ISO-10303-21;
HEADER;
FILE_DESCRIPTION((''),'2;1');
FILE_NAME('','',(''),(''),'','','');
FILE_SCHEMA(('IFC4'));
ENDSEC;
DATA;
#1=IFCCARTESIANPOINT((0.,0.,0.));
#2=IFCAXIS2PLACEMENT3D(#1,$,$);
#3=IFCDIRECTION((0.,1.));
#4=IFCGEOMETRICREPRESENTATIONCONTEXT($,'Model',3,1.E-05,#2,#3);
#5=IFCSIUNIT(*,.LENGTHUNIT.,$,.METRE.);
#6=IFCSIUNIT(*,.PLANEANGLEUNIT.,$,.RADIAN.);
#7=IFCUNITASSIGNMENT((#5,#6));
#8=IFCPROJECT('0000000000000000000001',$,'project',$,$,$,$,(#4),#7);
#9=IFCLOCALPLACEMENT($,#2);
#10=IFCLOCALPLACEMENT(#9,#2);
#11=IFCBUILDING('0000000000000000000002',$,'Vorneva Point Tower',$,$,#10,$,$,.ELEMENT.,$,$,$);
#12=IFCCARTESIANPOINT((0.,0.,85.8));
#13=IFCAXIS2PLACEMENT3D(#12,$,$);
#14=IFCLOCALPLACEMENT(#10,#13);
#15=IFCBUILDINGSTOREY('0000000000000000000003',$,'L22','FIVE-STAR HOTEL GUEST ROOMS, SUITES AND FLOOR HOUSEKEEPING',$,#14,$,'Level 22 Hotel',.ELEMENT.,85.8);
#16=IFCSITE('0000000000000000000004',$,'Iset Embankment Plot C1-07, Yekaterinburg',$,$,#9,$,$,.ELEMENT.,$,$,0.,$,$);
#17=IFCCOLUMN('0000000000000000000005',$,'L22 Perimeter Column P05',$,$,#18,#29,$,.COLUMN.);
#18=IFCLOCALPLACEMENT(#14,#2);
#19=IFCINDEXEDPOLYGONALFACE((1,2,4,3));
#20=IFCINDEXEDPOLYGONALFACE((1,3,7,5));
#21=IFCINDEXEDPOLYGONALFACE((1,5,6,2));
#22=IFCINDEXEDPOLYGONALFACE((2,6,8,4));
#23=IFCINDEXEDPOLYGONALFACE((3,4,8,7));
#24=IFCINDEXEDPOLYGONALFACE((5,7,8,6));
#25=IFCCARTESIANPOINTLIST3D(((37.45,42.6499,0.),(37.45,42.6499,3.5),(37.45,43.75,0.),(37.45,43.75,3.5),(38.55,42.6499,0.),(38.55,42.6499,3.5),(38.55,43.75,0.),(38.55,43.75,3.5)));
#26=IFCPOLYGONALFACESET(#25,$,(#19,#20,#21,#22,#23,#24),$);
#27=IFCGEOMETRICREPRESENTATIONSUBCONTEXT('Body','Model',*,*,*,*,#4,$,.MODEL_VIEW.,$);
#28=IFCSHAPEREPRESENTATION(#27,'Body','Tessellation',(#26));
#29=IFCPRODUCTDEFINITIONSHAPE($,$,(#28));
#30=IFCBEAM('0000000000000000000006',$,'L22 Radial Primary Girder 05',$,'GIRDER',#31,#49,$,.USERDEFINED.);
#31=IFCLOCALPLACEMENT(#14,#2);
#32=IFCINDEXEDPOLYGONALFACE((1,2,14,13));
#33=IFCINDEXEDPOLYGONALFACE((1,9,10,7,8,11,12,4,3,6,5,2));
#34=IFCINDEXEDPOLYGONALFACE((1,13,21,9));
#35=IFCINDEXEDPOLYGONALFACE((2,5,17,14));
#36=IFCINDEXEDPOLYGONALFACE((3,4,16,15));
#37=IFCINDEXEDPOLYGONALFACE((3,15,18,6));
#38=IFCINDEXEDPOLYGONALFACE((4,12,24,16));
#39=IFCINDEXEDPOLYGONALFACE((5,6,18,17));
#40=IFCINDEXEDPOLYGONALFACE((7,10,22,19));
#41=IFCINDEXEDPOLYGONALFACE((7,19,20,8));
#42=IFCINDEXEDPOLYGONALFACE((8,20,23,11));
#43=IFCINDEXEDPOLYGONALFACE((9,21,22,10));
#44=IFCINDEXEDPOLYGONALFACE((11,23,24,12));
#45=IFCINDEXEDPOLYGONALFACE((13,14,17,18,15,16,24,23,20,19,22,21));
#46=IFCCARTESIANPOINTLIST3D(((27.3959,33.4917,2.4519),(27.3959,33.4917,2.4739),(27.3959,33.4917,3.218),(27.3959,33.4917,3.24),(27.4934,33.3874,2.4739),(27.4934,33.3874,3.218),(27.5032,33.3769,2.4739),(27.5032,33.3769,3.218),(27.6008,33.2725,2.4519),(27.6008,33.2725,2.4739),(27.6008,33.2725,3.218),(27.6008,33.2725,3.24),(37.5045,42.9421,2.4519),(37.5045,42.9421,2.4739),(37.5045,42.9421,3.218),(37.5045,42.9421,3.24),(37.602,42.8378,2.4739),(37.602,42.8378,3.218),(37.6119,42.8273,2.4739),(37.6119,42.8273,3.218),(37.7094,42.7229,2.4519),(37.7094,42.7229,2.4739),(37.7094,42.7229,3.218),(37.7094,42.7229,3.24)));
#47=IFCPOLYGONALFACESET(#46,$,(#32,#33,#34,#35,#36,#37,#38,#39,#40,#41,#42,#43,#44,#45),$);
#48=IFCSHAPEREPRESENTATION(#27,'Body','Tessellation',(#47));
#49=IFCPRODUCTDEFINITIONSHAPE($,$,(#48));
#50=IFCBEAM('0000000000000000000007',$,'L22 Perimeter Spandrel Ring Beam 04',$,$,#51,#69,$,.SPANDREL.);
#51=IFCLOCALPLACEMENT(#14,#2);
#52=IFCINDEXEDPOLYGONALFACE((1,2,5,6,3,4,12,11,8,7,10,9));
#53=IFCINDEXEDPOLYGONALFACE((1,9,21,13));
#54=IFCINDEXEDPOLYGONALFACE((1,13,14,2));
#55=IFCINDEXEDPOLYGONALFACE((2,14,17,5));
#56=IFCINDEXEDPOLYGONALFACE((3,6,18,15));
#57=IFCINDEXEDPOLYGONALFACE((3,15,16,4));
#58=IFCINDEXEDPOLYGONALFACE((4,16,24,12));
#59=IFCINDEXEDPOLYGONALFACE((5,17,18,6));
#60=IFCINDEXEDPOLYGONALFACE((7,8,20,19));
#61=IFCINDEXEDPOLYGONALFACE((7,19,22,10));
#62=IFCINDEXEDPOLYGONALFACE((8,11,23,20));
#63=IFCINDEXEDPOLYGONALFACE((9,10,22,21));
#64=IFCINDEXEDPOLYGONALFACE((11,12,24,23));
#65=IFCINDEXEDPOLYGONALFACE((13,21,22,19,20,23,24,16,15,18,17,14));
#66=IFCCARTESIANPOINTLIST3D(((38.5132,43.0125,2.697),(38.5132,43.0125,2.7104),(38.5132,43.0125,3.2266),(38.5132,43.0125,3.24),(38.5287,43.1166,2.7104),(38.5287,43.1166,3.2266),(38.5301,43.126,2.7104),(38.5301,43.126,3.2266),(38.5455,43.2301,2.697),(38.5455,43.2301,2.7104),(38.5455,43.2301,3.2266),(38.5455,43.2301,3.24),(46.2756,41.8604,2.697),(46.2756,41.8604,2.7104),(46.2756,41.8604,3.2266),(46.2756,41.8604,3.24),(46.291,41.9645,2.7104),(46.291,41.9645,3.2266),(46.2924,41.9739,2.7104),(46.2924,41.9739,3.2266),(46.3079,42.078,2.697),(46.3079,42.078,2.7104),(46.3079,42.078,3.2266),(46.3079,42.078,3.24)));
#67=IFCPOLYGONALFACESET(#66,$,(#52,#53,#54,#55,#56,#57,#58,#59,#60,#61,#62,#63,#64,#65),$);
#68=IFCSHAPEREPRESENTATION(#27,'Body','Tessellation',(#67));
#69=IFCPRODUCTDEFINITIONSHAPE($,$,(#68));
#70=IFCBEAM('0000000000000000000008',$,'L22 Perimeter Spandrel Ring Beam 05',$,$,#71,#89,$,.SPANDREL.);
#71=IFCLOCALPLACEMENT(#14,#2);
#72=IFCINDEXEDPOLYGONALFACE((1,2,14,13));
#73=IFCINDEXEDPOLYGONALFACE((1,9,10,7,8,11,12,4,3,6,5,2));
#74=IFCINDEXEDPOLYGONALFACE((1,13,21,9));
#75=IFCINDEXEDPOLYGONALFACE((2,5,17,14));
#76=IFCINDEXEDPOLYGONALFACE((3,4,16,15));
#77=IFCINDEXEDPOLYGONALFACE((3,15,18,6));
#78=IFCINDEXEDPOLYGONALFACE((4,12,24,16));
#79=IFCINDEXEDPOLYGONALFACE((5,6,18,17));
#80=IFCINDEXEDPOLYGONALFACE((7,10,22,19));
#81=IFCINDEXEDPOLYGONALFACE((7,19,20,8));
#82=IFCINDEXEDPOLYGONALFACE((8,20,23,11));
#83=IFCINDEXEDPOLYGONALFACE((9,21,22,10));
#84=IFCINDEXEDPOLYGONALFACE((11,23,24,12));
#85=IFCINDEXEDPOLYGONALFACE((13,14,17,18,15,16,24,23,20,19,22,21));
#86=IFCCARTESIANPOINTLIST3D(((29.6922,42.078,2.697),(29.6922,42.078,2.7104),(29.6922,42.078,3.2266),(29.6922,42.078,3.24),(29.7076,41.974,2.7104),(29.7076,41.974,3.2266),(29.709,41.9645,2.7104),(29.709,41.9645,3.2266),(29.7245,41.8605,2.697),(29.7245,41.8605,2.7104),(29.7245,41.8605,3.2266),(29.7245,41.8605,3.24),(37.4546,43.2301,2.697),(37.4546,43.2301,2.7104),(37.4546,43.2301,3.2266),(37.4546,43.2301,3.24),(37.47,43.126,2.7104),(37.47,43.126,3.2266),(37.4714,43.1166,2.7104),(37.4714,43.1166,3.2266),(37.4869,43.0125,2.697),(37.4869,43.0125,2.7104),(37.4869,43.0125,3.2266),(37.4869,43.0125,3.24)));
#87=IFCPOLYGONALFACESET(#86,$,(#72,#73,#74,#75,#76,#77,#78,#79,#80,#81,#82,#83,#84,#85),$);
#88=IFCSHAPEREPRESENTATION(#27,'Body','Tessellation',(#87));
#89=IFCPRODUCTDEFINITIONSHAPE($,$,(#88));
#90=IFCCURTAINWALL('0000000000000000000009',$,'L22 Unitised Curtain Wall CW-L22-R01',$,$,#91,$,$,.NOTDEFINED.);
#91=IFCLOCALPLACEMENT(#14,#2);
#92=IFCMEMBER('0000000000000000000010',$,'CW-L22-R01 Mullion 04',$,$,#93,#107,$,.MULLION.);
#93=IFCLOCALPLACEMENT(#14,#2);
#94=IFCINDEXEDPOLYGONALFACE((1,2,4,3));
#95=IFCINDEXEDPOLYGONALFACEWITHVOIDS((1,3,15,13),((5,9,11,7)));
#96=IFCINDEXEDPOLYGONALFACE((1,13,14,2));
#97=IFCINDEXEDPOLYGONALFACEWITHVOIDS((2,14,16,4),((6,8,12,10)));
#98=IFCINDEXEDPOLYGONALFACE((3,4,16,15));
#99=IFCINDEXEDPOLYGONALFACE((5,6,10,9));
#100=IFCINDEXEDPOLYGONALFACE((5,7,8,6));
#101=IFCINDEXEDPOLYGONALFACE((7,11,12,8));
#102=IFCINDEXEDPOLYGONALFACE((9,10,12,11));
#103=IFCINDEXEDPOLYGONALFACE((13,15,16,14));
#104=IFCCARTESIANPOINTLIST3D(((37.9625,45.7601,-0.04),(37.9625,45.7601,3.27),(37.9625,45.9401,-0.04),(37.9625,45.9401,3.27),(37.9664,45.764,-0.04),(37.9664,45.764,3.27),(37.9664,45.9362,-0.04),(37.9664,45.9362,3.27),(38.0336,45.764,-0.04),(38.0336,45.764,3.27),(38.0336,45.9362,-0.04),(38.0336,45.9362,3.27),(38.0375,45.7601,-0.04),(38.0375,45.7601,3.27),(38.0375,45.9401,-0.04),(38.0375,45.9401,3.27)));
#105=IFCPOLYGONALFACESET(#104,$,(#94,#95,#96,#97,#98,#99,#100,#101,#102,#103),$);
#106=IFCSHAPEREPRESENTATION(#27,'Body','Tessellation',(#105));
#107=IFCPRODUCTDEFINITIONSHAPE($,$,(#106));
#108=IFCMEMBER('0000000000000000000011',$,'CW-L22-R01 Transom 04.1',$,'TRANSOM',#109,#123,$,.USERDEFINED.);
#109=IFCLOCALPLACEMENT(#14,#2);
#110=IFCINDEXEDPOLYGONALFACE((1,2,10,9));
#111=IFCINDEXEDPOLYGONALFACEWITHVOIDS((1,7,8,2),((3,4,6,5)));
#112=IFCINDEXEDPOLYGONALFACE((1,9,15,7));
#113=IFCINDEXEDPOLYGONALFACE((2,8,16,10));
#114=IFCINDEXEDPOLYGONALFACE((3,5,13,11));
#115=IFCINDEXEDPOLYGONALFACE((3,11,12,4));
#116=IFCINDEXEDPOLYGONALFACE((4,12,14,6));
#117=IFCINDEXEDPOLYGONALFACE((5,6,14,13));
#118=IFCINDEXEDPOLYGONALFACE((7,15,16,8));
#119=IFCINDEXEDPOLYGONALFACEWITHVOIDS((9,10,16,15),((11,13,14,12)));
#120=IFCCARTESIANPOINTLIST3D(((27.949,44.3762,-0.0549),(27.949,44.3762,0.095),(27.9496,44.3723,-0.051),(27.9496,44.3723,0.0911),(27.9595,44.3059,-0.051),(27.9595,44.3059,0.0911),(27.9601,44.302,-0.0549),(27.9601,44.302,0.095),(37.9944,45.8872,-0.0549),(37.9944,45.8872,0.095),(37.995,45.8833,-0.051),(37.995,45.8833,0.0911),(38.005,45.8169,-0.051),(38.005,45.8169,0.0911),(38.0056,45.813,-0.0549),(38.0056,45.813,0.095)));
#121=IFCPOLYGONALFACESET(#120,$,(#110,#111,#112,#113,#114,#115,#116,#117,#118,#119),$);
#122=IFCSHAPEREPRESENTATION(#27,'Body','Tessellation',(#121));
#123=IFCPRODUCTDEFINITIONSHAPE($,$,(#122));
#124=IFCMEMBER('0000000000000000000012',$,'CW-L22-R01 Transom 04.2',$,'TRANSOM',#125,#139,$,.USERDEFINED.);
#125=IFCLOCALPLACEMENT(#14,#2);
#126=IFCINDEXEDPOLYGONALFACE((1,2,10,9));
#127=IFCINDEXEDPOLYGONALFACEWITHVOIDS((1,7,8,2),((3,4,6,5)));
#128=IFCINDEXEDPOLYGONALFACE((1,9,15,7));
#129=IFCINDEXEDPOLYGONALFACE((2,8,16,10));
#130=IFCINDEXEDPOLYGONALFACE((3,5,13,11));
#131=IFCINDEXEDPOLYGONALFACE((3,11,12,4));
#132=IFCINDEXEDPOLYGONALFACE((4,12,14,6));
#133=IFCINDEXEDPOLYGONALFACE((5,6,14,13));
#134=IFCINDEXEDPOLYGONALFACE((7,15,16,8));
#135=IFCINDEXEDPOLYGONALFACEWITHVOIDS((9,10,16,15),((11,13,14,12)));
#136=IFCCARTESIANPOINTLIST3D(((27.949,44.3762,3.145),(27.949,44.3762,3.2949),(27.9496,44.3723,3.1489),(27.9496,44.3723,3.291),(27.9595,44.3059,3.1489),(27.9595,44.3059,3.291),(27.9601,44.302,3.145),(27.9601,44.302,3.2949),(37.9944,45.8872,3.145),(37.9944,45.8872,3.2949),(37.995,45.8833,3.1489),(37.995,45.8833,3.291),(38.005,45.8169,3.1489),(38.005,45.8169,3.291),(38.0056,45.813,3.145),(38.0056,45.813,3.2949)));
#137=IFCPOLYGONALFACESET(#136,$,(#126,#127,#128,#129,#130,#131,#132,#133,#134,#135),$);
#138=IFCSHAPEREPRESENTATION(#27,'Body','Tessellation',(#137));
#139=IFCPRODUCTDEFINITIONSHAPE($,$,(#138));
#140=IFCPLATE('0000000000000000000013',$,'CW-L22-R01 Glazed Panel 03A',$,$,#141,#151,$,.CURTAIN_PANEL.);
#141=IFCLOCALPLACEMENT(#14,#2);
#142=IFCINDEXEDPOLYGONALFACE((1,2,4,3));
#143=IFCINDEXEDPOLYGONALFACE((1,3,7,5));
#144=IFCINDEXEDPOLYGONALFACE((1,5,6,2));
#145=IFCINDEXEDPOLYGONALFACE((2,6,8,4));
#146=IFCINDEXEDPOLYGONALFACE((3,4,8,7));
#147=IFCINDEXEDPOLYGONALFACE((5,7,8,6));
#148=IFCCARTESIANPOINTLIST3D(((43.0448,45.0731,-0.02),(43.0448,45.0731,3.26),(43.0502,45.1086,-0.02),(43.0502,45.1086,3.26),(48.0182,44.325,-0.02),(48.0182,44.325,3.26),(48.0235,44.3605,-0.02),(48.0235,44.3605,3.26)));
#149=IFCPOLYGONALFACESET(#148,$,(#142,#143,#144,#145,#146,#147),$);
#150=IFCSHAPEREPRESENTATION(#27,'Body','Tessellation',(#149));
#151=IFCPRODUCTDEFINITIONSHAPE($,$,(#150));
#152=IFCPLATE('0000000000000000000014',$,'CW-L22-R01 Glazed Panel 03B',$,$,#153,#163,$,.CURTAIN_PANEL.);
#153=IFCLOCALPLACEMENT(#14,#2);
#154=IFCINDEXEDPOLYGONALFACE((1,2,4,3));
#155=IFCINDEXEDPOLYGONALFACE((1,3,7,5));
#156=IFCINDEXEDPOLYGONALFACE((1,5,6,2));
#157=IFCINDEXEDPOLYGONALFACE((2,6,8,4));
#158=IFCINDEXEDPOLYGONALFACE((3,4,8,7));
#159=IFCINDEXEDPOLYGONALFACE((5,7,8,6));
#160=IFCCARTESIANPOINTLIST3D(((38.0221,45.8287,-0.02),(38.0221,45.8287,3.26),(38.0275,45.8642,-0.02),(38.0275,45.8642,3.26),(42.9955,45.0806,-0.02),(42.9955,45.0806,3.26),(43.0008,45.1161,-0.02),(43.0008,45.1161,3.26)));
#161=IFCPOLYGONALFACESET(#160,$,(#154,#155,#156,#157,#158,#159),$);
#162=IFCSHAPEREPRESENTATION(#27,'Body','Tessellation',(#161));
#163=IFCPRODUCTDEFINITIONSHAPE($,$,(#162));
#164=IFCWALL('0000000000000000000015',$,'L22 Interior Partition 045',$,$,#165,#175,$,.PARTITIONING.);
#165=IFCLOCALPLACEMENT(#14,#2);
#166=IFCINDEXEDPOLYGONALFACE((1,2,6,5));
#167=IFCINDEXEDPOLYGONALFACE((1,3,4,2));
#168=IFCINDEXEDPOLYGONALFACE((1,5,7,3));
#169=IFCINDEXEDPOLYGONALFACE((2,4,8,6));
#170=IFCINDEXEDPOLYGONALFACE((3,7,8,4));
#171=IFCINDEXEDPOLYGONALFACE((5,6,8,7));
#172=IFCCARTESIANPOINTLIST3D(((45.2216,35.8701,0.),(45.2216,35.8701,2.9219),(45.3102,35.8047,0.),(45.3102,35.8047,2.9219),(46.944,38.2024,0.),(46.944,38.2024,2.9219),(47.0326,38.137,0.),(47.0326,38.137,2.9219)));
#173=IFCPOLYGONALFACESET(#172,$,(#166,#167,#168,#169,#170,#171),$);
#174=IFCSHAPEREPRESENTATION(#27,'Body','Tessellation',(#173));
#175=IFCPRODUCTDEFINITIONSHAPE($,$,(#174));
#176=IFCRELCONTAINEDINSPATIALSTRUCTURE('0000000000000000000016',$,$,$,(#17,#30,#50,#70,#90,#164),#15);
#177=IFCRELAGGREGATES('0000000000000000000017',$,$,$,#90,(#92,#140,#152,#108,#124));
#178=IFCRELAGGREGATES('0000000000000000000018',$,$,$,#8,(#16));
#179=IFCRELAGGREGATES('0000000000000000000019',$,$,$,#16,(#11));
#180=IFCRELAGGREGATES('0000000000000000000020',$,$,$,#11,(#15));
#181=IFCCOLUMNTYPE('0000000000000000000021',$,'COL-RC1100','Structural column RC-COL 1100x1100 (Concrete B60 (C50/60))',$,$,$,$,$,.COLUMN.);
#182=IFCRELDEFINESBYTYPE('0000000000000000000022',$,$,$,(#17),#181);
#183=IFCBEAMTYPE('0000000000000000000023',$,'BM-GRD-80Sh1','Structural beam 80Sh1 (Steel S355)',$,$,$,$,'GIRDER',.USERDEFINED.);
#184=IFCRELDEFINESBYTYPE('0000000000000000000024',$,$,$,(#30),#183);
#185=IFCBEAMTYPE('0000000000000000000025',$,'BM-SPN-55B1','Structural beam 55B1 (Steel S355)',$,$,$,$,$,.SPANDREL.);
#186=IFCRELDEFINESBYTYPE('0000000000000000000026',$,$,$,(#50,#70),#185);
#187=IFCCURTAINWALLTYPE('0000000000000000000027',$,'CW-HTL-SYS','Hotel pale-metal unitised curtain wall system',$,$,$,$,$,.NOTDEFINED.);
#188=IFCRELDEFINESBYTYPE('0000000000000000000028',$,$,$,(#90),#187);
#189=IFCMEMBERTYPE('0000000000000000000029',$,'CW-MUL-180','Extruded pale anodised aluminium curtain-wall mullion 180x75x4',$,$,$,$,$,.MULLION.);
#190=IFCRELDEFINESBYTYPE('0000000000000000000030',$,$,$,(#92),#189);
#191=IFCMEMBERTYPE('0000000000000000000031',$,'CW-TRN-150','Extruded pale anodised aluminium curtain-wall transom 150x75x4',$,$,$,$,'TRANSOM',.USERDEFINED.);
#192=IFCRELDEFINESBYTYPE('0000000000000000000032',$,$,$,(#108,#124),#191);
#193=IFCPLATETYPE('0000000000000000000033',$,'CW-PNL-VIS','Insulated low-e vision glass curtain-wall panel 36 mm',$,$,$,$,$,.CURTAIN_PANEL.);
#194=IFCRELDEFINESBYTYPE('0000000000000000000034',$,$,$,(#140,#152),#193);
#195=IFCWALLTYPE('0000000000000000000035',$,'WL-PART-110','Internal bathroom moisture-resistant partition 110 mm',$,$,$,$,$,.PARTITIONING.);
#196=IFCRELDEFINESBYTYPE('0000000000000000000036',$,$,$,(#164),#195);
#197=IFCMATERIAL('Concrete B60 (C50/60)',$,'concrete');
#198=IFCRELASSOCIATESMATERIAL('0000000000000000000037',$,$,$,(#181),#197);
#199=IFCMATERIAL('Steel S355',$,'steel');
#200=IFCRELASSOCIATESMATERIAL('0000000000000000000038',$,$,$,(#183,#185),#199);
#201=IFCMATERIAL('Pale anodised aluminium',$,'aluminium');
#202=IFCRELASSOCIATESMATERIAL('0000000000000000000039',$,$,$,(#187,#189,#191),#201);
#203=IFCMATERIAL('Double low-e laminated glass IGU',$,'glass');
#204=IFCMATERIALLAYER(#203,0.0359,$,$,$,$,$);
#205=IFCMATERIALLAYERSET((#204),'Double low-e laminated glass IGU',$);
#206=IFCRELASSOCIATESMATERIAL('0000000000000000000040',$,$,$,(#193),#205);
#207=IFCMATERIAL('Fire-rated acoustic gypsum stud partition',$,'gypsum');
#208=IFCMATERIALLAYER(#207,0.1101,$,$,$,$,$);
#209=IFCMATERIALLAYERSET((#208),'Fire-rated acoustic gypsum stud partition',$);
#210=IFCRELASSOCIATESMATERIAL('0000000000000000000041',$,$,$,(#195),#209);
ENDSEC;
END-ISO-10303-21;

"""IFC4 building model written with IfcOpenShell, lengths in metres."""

from ifc_helpers import new_model, si_unit, direction, frame, frame_2d, origin, origin_2d, place, context, subcontext, project, spatial, rectangle, hollow_rectangle, i_section, extrude, material, layer, layer_set, material_profile, profile_set, type_object, element, aggregate, save


model = new_model("IFC4")

# Units and contexts
model_context = context("Model", 3, precision=1e-05, world=origin(), true_north=direction((0.0, 1.0)))
body_context = subcontext(model_context, "Body", "Model", "MODEL_VIEW")
ifc_project = project(units=[si_unit("LENGTHUNIT", "METRE"), si_unit("PLANEANGLEUNIT", "RADIAN")], contexts=[model_context])

# Site, building, storey
site_placement = place(None, origin())
site = spatial("IfcSite", under=ifc_project, at=site_placement, Name="Iset Embankment Plot C1-07, Yekaterinburg", CompositionType="ELEMENT", RefElevation=0.0)
building_placement = place(site_placement, origin())
building = spatial("IfcBuilding", under=site, at=building_placement, Name="Vorneva Point Tower", CompositionType="ELEMENT")
storey_placement = place(building_placement, frame((0.0, 0.0, 85.8)))
storey = spatial("IfcBuildingStorey", under=building, at=storey_placement, Name="L22", Description="FIVE-STAR HOTEL GUEST ROOMS, SUITES AND FLOOR HOUSEKEEPING", LongName="Level 22 Hotel", CompositionType="ELEMENT", Elevation=85.8)

# Column
ifc_material_1 = material(Name="Concrete B60 (C50/60)", Category="concrete")
ifc_material_profile_1 = material_profile(ifc_material_1, rectangle(XDim=1.1001, YDim=1.1001, at=origin_2d()), Name="RC-COL 1100x1100")
ifc_profile_set_1 = profile_set([ifc_material_profile_1], Name="Concrete B60 (C50/60)")
column_type = type_object("IfcColumnType", Name="COL-RC1100", Description="Structural column RC-COL 1100x1100 (Concrete B60 (C50/60))", PredefinedType="COLUMN", material=ifc_profile_set_1)
column_placement = place(storey_placement, frame((38.0, 43.2, 0.0), z_axis=(0.0, 0.0, 1.0), x_axis=(0.0, 1.0, 0.0)))
element("IfcColumn", 1, at=column_placement, inside=storey, type_object=column_type, Name="L22 Perimeter Column P05", PredefinedType="COLUMN", context=body_context, shape_type="SweptSolid", body=[
    extrude(rectangle(XDim=1.1001, YDim=1.1001, at=origin_2d()), origin(), (0.0, 0.0, 1.0), 3.5),
])

# Beams
ifc_material_2 = material(Name="Steel S355", Category="steel")
ifc_material_profile_2 = material_profile(ifc_material_2, i_section(OverallWidth=0.3, OverallDepth=0.7881, WebThickness=0.0144, FlangeThickness=0.022, at=origin_2d()), Name="80Sh1")
ifc_profile_set_2 = profile_set([ifc_material_profile_2], Name="Steel S355")
beam_type_1 = type_object("IfcBeamType", Name="BM-GRD-80Sh1", Description="Structural beam 80Sh1 (Steel S355)", ElementType="GIRDER", PredefinedType="USERDEFINED", material=ifc_profile_set_2)
beam_placement = place(storey_placement, frame((37.6069, 42.8325, 2.8459), z_axis=(-0.730489, -0.682925, 0.0), x_axis=(0.682925, -0.730489, 0.0)))
element("IfcBeam", 2, at=beam_placement, inside=storey, type_object=beam_type_1, Name="L22 Radial Primary Girder 05", ObjectType="GIRDER", PredefinedType="USERDEFINED", context=body_context, shape_type="SweptSolid", body=[
    extrude(i_section(OverallWidth=0.3, OverallDepth=0.7881, WebThickness=0.0144, FlangeThickness=0.022, at=origin_2d()), origin(), (0.0, 0.0, 1.0), 13.8381),
])
ifc_material_profile_3 = material_profile(ifc_material_2, i_section(OverallWidth=0.22, OverallDepth=0.543, WebThickness=0.0095, FlangeThickness=0.0134, at=origin_2d()), Name="55B1")
ifc_profile_set_3 = profile_set([ifc_material_profile_3], Name="Steel S355")
beam_type_2 = type_object("IfcBeamType", Name="BM-SPN-55B1", Description="Structural beam 55B1 (Steel S355)", PredefinedType="SPANDREL", material=ifc_profile_set_3)
for number, where, z_axis, x_axis, name in (
    (3, (46.2917, 41.9692, 2.9685), (-0.989165, 0.146811, 0.0), (-0.146811, -0.989165, 0.0), "L22 Perimeter Spandrel Ring Beam 04"),
    (4, (37.4707, 43.1213, 2.9685), (-0.989165, -0.146811, 0.0), (0.146811, -0.989165, 0.0), "L22 Perimeter Spandrel Ring Beam 05"),
):
    element("IfcBeam", number, at=place(storey_placement, frame(where, z_axis=z_axis, x_axis=x_axis)), inside=storey, type_object=beam_type_2, Name=name, PredefinedType="SPANDREL", context=body_context, shape_type="SweptSolid", body=[
        extrude(i_section(OverallWidth=0.22, OverallDepth=0.543, WebThickness=0.0095, FlangeThickness=0.0134, at=origin_2d()), origin(), (0.0, 0.0, 1.0), 7.8474),
    ])

# Curtain wall, members, plates
ifc_material_3 = material(Name="Pale anodised aluminium", Category="aluminium")
curtain_wall_type = type_object("IfcCurtainWallType", Name="CW-HTL-SYS", Description="Hotel pale-metal unitised curtain wall system", PredefinedType="NOTDEFINED", material=ifc_material_3)
curtain_wall_placement = place(storey_placement, origin())
curtain_wall = element("IfcCurtainWall", 5, at=curtain_wall_placement, inside=storey, type_object=curtain_wall_type, Name="L22 Unitised Curtain Wall CW-L22-R01", PredefinedType="NOTDEFINED")
ifc_material_profile_4 = material_profile(ifc_material_3, hollow_rectangle(XDim=0.075, YDim=0.1799, WallThickness=0.0039, at=origin_2d()), Name="AL-MUL 180x75x4")
ifc_profile_set_4 = profile_set([ifc_material_profile_4], Name="Pale anodised aluminium")
member_type_1 = type_object("IfcMemberType", Name="CW-MUL-180", Description="Extruded pale anodised aluminium curtain-wall mullion 180x75x4", PredefinedType="MULLION", material=ifc_profile_set_4)
member_1_placement = place(storey_placement, frame((38.0, 45.8501, -0.04), z_axis=(0.0, 0.0, 1.0), x_axis=(1.0, 0.0, 0.0)))
member_1 = element("IfcMember", 6, at=member_1_placement, type_object=member_type_1, Name="CW-L22-R01 Mullion 04", PredefinedType="MULLION", context=body_context, shape_type="SweptSolid", body=[
    extrude(hollow_rectangle(XDim=0.075, YDim=0.1799, WallThickness=0.0039, at=origin_2d()), origin(), (0.0, 0.0, 1.0), 3.3101),
])
ifc_material_profile_5 = material_profile(ifc_material_3, hollow_rectangle(XDim=0.075, YDim=0.1499, WallThickness=0.0039, at=origin_2d()), Name="AL-TRN 150x75x4")
ifc_profile_set_5 = profile_set([ifc_material_profile_5], Name="Pale anodised aluminium")
member_type_2 = type_object("IfcMemberType", Name="CW-TRN-150", Description="Extruded pale anodised aluminium curtain-wall transom 150x75x4", ElementType="TRANSOM", PredefinedType="USERDEFINED", material=ifc_profile_set_5)
member_2_placement = place(storey_placement, frame((38.0, 45.8501, 0.02), z_axis=(-0.988876, -0.148742, 0.0), x_axis=(0.148742, -0.988876, 0.0)))
member_2 = element("IfcMember", 7, at=member_2_placement, type_object=member_type_2, Name="CW-L22-R01 Transom 04.1", ObjectType="TRANSOM", PredefinedType="USERDEFINED", context=body_context, shape_type="SweptSolid", body=[
    extrude(hollow_rectangle(XDim=0.075, YDim=0.1499, WallThickness=0.0039, at=origin_2d()), origin(), (0.0, 0.0, 1.0), 10.1584),
])
member_3_placement = place(storey_placement, frame((38.0, 45.8501, 3.22), z_axis=(-0.988876, -0.148742, 0.0), x_axis=(0.148742, -0.988876, 0.0)))
member_3 = element("IfcMember", 8, at=member_3_placement, type_object=member_type_2, Name="CW-L22-R01 Transom 04.2", ObjectType="TRANSOM", PredefinedType="USERDEFINED", context=body_context, shape_type="SweptSolid", body=[
    extrude(hollow_rectangle(XDim=0.075, YDim=0.1499, WallThickness=0.0039, at=origin_2d()), origin(), (0.0, 0.0, 1.0), 10.1584),
])
ifc_material_4 = material(Name="Double low-e laminated glass IGU", Category="glass")
ifc_layer_1 = layer(ifc_material_4, 0.0359)
ifc_layer_set_1 = layer_set([ifc_layer_1], Name="Double low-e laminated glass IGU")
plate_type = type_object("IfcPlateType", Name="CW-PNL-VIS", Description="Insulated low-e vision glass curtain-wall panel 36 mm", PredefinedType="CURTAIN_PANEL", material=ifc_layer_set_1)
plate_1_placement = place(storey_placement, frame((45.5342, 44.7168, -0.02), z_axis=(0.0, 0.0, 1.0), x_axis=(-0.988876, 0.148741, 0.0)))
plate_1 = element("IfcPlate", 9, at=plate_1_placement, type_object=plate_type, Name="CW-L22-R01 Glazed Panel 03A", PredefinedType="CURTAIN_PANEL", context=body_context, shape_type="SweptSolid", body=[
    extrude(rectangle(XDim=5.0293, YDim=0.0359, at=origin_2d()), origin(), (0.0, 0.0, 1.0), 3.28),
])
plate_2_placement = place(storey_placement, frame((40.5115, 45.4724, -0.02), z_axis=(0.0, 0.0, 1.0), x_axis=(-0.988876, 0.148741, 0.0)))
plate_2 = element("IfcPlate", 10, at=plate_2_placement, type_object=plate_type, Name="CW-L22-R01 Glazed Panel 03B", PredefinedType="CURTAIN_PANEL", context=body_context, shape_type="SweptSolid", body=[
    extrude(rectangle(XDim=5.0293, YDim=0.0359, at=origin_2d()), origin(), (0.0, 0.0, 1.0), 3.28),
])
aggregate(curtain_wall, [member_1, plate_1, plate_2, member_2, member_3])

# Wall
ifc_material_5 = material(Name="Fire-rated acoustic gypsum stud partition", Category="gypsum")
ifc_layer_2 = layer(ifc_material_5, 0.1101)
ifc_layer_set_2 = layer_set([ifc_layer_2], Name="Fire-rated acoustic gypsum stud partition")
wall_type_1 = type_object("IfcWallType", Name="WL-PART-110", Description="Internal bathroom moisture-resistant partition 110 mm", PredefinedType="PARTITIONING", material=ifc_layer_set_2)
wall_1_placement = place(storey_placement, frame((45.2659, 35.8374, 0.0), z_axis=(0.0, 0.0, 1.0), x_axis=(0.594069, 0.804414, 0.0)))
element("IfcWall", 11, at=wall_1_placement, inside=storey, type_object=wall_type_1, Name="L22 Interior Partition 045", PredefinedType="PARTITIONING", context=body_context, shape_type="SweptSolid", body=[
    extrude(rectangle(XDim=2.8994, YDim=0.1101, at=frame_2d((1.4497, 0.0))), origin(), (0.0, 0.0, 1.0), 2.9219),
])

save(model, "model.ifc")
